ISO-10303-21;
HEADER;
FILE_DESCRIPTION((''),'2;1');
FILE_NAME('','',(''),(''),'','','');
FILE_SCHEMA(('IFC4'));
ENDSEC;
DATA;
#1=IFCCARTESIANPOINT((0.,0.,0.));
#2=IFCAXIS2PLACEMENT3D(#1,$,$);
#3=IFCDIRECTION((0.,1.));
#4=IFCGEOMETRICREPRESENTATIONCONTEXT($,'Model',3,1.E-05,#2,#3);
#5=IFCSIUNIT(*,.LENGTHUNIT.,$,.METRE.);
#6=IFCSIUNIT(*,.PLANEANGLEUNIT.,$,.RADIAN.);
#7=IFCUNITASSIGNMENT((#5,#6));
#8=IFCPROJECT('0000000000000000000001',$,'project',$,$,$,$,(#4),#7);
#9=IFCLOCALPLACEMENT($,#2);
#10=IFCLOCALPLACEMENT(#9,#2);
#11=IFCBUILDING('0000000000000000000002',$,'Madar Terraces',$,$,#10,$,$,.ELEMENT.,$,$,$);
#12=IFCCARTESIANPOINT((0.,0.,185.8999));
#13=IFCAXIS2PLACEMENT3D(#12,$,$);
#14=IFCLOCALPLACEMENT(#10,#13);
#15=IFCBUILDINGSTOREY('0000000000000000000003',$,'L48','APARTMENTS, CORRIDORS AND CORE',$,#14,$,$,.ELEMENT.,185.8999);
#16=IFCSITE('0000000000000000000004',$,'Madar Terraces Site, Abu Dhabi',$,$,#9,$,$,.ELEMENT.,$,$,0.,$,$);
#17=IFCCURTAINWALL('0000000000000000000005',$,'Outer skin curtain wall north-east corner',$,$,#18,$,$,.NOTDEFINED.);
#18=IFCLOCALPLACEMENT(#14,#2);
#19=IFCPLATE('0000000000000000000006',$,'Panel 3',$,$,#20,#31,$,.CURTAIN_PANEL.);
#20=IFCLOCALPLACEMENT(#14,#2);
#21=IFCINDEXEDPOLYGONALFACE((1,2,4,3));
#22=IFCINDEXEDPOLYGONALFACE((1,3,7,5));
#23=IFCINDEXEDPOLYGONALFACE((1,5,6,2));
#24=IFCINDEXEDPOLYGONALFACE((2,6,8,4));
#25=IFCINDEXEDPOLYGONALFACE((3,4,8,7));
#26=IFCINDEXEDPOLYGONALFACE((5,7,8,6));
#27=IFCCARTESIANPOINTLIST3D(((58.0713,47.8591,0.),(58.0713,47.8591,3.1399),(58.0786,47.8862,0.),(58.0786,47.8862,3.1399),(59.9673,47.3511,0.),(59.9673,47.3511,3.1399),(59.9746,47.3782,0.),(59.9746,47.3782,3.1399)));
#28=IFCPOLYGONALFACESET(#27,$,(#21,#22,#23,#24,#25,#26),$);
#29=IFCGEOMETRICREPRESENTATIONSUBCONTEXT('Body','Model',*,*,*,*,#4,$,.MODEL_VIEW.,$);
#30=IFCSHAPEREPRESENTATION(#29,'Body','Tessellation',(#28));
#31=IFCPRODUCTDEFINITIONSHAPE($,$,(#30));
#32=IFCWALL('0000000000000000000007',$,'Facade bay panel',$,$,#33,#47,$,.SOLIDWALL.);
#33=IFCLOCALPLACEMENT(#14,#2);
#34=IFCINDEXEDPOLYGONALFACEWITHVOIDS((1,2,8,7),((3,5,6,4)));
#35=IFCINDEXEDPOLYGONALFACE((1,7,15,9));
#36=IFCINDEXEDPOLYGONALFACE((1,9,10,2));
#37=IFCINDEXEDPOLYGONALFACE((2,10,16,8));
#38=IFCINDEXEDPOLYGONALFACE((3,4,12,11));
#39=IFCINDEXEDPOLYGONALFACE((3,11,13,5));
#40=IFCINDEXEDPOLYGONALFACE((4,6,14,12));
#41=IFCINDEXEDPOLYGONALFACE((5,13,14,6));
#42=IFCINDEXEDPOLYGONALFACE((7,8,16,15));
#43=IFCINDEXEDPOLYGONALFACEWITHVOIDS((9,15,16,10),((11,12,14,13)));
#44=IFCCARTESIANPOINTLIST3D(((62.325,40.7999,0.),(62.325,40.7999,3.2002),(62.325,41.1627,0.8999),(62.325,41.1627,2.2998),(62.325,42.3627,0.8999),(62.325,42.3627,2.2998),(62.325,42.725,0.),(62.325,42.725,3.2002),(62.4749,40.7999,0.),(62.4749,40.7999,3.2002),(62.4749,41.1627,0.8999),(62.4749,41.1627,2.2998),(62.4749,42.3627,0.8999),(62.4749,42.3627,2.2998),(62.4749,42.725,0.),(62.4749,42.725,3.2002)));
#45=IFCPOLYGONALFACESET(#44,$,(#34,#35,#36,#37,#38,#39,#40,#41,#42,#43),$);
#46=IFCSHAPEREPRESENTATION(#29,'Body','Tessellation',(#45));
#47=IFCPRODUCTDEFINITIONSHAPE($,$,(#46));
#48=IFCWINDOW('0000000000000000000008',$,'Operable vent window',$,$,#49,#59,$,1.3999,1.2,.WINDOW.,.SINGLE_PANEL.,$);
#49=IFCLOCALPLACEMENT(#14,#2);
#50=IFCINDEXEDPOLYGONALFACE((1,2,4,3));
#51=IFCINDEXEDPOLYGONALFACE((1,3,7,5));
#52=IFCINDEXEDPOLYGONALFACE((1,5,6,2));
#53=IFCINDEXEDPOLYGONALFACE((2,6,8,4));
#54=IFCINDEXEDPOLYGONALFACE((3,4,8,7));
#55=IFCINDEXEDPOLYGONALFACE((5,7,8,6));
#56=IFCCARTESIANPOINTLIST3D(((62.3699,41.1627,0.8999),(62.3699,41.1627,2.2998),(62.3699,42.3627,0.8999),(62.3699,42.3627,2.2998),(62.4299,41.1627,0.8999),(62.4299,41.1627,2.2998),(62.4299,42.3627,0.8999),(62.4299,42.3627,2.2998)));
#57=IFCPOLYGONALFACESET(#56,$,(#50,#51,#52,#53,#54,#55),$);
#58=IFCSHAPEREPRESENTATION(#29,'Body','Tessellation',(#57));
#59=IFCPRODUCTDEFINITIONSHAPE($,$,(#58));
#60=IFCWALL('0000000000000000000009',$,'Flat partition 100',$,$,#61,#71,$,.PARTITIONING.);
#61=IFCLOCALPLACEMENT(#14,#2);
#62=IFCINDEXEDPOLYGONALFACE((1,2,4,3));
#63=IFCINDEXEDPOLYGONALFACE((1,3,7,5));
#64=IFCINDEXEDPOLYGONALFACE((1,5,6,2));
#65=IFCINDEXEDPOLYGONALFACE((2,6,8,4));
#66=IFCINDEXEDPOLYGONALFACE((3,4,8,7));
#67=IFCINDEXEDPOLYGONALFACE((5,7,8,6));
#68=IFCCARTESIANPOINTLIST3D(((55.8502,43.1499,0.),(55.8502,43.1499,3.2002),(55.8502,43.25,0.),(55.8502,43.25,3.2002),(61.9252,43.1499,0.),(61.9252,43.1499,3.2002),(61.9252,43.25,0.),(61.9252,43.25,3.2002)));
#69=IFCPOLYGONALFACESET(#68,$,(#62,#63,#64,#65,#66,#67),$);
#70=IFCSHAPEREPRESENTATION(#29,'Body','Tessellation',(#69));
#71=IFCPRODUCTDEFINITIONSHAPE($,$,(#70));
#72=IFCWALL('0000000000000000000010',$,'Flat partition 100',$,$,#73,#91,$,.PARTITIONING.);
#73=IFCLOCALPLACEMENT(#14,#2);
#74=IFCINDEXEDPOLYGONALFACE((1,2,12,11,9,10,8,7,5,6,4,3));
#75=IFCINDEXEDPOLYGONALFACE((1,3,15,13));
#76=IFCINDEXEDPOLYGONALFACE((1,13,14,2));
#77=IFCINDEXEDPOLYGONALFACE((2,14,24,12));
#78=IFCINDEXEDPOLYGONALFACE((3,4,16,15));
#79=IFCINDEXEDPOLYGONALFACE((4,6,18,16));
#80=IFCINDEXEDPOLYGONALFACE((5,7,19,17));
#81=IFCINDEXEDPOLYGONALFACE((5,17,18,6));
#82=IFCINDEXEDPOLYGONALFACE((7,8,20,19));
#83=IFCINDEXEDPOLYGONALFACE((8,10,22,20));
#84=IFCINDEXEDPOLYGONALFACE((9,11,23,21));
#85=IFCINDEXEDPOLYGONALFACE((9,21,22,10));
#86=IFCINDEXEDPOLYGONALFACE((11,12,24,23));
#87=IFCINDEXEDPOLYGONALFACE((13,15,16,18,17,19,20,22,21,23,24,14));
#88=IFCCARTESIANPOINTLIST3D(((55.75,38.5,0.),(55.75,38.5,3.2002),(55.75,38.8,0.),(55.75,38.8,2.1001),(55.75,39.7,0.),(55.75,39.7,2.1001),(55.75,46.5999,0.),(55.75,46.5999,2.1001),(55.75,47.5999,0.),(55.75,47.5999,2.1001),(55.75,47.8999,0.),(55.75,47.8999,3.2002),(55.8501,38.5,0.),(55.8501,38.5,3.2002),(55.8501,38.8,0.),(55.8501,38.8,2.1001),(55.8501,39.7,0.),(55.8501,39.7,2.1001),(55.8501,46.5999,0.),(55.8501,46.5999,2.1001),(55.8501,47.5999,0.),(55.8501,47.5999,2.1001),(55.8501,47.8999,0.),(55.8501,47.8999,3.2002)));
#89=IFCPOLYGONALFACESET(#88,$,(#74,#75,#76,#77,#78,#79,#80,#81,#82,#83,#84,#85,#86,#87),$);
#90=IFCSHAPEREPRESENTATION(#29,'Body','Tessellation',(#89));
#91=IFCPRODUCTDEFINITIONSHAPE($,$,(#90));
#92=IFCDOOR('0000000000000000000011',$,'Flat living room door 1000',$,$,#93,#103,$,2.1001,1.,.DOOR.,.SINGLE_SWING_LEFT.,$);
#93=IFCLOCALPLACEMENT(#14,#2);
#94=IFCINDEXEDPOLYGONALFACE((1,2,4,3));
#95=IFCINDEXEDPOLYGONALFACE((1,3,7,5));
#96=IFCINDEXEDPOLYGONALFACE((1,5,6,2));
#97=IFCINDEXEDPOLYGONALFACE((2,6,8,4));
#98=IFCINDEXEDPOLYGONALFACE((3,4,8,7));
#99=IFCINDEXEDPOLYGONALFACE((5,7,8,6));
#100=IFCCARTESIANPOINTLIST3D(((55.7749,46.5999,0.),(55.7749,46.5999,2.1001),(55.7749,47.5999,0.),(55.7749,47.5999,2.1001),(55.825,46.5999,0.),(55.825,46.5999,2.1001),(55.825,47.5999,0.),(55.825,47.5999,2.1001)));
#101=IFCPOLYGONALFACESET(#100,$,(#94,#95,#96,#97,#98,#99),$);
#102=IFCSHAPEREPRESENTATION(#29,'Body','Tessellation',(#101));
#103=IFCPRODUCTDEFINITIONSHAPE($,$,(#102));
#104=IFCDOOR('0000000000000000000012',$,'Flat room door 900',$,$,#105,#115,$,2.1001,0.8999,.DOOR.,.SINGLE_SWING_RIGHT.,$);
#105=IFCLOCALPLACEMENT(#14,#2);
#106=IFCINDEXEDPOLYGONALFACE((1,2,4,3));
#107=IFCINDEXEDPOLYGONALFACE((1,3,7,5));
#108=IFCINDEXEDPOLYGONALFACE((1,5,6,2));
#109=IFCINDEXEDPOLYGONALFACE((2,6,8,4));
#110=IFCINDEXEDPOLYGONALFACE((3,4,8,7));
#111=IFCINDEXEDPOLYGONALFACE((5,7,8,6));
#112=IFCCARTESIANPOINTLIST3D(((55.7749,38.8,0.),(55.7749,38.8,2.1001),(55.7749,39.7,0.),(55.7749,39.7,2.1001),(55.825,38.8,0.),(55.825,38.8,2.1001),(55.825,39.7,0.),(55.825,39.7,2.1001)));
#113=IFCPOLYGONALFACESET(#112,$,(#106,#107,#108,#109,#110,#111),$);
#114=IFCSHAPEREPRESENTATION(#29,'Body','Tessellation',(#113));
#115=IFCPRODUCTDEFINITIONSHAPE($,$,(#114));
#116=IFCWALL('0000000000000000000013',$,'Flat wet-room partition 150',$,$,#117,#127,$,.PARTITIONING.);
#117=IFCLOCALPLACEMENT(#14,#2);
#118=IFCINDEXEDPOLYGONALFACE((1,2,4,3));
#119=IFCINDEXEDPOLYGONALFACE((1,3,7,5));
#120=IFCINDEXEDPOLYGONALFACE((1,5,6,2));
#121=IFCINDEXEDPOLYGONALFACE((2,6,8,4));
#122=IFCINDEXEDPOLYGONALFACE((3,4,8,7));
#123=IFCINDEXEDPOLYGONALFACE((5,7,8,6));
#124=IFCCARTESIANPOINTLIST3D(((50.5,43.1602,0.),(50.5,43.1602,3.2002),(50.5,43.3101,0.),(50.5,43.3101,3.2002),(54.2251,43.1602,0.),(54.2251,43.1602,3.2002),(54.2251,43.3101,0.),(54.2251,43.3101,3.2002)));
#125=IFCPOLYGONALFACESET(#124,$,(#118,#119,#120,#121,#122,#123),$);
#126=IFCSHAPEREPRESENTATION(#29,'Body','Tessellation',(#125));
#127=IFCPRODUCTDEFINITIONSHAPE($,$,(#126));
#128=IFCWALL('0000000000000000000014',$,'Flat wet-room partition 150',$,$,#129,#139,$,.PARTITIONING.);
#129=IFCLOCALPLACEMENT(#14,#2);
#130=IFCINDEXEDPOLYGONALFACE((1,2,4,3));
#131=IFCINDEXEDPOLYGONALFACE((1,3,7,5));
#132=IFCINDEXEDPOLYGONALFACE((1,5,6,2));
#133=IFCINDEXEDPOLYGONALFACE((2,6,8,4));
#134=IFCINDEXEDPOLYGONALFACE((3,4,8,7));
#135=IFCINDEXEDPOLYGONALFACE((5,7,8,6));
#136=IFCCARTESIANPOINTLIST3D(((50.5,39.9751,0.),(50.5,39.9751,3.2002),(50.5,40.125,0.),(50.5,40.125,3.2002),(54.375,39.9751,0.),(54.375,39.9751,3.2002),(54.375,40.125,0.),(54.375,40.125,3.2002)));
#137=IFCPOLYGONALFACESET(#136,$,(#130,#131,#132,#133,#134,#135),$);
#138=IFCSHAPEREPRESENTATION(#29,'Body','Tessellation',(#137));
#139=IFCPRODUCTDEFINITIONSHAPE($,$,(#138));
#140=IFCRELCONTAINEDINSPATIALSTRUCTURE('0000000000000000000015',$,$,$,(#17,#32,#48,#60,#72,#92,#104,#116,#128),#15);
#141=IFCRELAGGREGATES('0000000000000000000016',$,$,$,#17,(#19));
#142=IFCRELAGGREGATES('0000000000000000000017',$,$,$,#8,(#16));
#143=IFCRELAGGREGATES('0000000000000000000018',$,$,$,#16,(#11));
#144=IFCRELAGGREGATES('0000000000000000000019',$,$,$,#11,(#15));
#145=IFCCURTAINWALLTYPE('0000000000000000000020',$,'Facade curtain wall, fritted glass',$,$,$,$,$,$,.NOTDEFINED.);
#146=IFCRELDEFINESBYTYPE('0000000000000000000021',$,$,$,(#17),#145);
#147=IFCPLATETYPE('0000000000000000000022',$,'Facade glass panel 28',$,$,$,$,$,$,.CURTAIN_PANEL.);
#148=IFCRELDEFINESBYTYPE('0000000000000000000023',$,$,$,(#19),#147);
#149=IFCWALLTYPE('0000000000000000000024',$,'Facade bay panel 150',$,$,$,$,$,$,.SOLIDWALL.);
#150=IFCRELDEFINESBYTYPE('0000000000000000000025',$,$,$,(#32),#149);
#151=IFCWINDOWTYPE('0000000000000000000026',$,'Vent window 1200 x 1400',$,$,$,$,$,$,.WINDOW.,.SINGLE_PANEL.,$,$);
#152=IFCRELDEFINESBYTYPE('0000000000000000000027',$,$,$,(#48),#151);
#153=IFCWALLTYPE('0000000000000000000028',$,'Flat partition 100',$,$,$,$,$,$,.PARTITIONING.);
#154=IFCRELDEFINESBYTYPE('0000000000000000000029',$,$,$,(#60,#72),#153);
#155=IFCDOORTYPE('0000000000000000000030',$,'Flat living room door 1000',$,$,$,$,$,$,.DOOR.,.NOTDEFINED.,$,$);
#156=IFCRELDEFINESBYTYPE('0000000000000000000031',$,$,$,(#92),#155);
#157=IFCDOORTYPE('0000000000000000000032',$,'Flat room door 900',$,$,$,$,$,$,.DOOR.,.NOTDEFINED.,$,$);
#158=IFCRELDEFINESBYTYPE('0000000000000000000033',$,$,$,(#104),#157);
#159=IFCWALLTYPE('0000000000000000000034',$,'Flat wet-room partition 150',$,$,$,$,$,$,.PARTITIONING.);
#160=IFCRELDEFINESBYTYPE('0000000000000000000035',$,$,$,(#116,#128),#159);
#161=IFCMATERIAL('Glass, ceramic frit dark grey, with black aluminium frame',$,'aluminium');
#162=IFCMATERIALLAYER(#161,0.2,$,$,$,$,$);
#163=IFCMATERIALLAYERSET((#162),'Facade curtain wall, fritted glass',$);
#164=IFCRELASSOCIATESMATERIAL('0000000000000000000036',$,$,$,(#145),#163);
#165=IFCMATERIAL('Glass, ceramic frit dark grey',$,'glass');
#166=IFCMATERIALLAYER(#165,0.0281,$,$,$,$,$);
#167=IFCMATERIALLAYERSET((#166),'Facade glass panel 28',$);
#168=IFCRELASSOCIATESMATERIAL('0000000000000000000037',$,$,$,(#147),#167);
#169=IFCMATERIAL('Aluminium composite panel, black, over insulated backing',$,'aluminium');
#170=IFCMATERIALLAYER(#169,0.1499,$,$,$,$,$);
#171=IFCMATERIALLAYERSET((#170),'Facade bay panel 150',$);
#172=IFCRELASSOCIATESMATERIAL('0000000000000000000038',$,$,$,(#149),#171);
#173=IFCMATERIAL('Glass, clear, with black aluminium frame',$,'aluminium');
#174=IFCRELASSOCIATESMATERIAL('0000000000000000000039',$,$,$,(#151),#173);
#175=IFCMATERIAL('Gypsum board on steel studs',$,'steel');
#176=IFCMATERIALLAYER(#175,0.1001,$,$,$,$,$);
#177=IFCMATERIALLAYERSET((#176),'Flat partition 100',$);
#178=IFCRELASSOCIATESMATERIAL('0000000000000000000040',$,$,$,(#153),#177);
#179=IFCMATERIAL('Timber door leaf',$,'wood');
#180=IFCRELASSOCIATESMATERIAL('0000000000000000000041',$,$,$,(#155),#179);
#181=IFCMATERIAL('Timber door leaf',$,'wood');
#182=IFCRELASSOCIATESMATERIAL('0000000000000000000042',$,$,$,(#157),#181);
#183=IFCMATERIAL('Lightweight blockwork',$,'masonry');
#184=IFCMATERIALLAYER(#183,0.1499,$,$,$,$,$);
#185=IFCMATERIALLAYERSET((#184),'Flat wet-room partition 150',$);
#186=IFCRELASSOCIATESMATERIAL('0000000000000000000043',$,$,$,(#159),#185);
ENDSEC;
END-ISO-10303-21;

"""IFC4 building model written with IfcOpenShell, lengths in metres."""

from ifc_helpers import new_model, si_unit, direction, frame, frame_2d, origin, origin_2d, place, context, subcontext, project, spatial, rectangle, extrude, material, layer, layer_set, type_object, element, fill, aggregate, save


model = new_model("IFC4")

# Units and contexts
model_context = context("Model", 3, precision=1e-05, world=origin(), true_north=direction((0.0, 1.0)))
body_context = subcontext(model_context, "Body", "Model", "MODEL_VIEW")
ifc_project = project(units=[si_unit("LENGTHUNIT", "METRE"), si_unit("PLANEANGLEUNIT", "RADIAN")], contexts=[model_context])

# Site, building, storey
site_placement = place(None, origin())
site = spatial("IfcSite", under=ifc_project, at=site_placement, Name="Madar Terraces Site, Abu Dhabi", CompositionType="ELEMENT", RefElevation=0.0)
building_placement = place(site_placement, origin())
building = spatial("IfcBuilding", under=site, at=building_placement, Name="Madar Terraces", CompositionType="ELEMENT")
storey_placement = place(building_placement, frame((0.0, 0.0, 185.8999)))
storey = spatial("IfcBuildingStorey", under=building, at=storey_placement, Name="L48", Description="APARTMENTS, CORRIDORS AND CORE", CompositionType="ELEMENT", Elevation=185.8999)

# Shared definitions
ifc_material_1 = material(Name="Glass, ceramic frit dark grey, with black aluminium frame", Category="aluminium")
ifc_layer_1 = layer(ifc_material_1, 0.2)
ifc_layer_set_1 = layer_set([ifc_layer_1], Name="Facade curtain wall, fritted glass")
curtain_wall_type = type_object("IfcCurtainWallType", Name="Facade curtain wall, fritted glass", PredefinedType="NOTDEFINED", material=ifc_layer_set_1)

# Curtain wall
curtain_wall_1_placement = place(storey_placement, origin())
curtain_wall_1 = element("IfcCurtainWall", 1, at=curtain_wall_1_placement, inside=storey, type_object=curtain_wall_type, Name="Outer skin curtain wall north-east corner", PredefinedType="NOTDEFINED")

# Shared definitions
ifc_material_2 = material(Name="Glass, ceramic frit dark grey", Category="glass")
ifc_layer_2 = layer(ifc_material_2, 0.0281)
ifc_layer_set_2 = layer_set([ifc_layer_2], Name="Facade glass panel 28")
plate_type = type_object("IfcPlateType", Name="Facade glass panel 28", PredefinedType="CURTAIN_PANEL", material=ifc_layer_set_2)

# Plate
plate_1_placement = place(storey_placement, frame((59.0229, 47.6187, 0.0), z_axis=(0.0, 0.0, 1.0), x_axis=(-0.965926, 0.258819, 0.0)))
plate_1 = element("IfcPlate", 2, at=plate_1_placement, type_object=plate_type, Name="Panel 3", PredefinedType="CURTAIN_PANEL", context=body_context, shape_type="SweptSolid", body=[
    extrude(rectangle(XDim=1.9629, YDim=0.0281, at=origin_2d()), origin(), (0.0, 0.0, 1.0), 3.1399),
])
aggregate(curtain_wall_1, [plate_1])

# Wall, opening, window
ifc_material_3 = material(Name="Aluminium composite panel, black, over insulated backing", Category="aluminium")
ifc_layer_3 = layer(ifc_material_3, 0.1499)
ifc_layer_set_3 = layer_set([ifc_layer_3], Name="Facade bay panel 150")
wall_type_1 = type_object("IfcWallType", Name="Facade bay panel 150", PredefinedType="SOLIDWALL", material=ifc_layer_set_3)
wall_1_placement = place(storey_placement, frame((62.3999, 40.8, 0.0), z_axis=(0.0, 0.0, 1.0), x_axis=(0.0, 1.0, 0.0)))
wall_1 = element("IfcWall", 3, at=wall_1_placement, inside=storey, type_object=wall_type_1, Name="Facade bay panel", PredefinedType="SOLIDWALL", context=body_context, shape_type="SweptSolid", body=[
    extrude(rectangle(XDim=1.925, YDim=0.1499, at=frame_2d((0.9624, 0.0))), origin(), (0.0, 0.0, 1.0), 3.2002),
])
opening_1_placement = place(wall_1_placement, frame((0.3625, 0.0, 0.8999)))
opening_1 = element("IfcOpeningElement", 4, at=opening_1_placement, cuts=wall_1, PredefinedType="OPENING", context=body_context, shape_type="SweptSolid", body=[
    extrude(rectangle(XDim=1.2, YDim=1.3999, at=frame_2d((0.6001, 0.7))), frame((0.0, 0.085, 0.0), z_axis=(0.0, -1.0, 0.0), x_axis=(1.0, 0.0, 0.0)), (0.0, 0.0, 1.0), 0.1699),
])
ifc_material_4 = material(Name="Glass, clear, with black aluminium frame", Category="aluminium")
window_type = type_object("IfcWindowType", Name="Vent window 1200 x 1400", PartitioningType="SINGLE_PANEL", PredefinedType="WINDOW", material=ifc_material_4)
window_placement = place(opening_1_placement, origin())
window = element("IfcWindow", 5, at=window_placement, inside=storey, type_object=window_type, Name="Operable vent window", OverallHeight=1.3999, OverallWidth=1.2, PartitioningType="SINGLE_PANEL", PredefinedType="WINDOW", context=body_context, shape_type="SweptSolid", body=[
    extrude(rectangle(XDim=1.2, YDim=1.3999, at=frame_2d((0.6001, 0.7))), frame((0.0, 0.03, 0.0), z_axis=(0.0, -1.0, 0.0), x_axis=(1.0, 0.0, 0.0)), (0.0, 0.0, 1.0), 0.0601),
])
fill(opening_1, window)

# Wall
ifc_material_5 = material(Name="Gypsum board on steel studs", Category="steel")
ifc_layer_4 = layer(ifc_material_5, 0.1001)
ifc_layer_set_4 = layer_set([ifc_layer_4], Name="Flat partition 100")
wall_type_2 = type_object("IfcWallType", Name="Flat partition 100", PredefinedType="PARTITIONING", material=ifc_layer_set_4)
wall_2_placement = place(storey_placement, frame((55.8501, 43.2, 0.0), z_axis=(0.0, 0.0, 1.0), x_axis=(1.0, 0.0, 0.0)))
element("IfcWall", 6, at=wall_2_placement, inside=storey, type_object=wall_type_2, Name="Flat partition 100", PredefinedType="PARTITIONING", context=body_context, shape_type="SweptSolid", body=[
    extrude(rectangle(XDim=6.075, YDim=0.1001, at=frame_2d((3.0376, 0.0))), origin(), (0.0, 0.0, 1.0), 3.2002),
])

# Wall, openings, doors
wall_3_placement = place(storey_placement, frame((55.8, 47.8999, 0.0), z_axis=(0.0, 0.0, 1.0), x_axis=(0.0, -1.0, 0.0)))
wall_3 = element("IfcWall", 7, at=wall_3_placement, inside=storey, type_object=wall_type_2, Name="Flat partition 100", PredefinedType="PARTITIONING", context=body_context, shape_type="SweptSolid", body=[
    extrude(rectangle(XDim=9.3999, YDim=0.1001, at=frame_2d((4.7, 0.0))), origin(), (0.0, 0.0, 1.0), 3.2002),
])
opening_2_placement = place(wall_3_placement, frame((8.2, 0.0, 0.0)))
opening_2 = element("IfcOpeningElement", 8, at=opening_2_placement, cuts=wall_3, PredefinedType="OPENING", context=body_context, shape_type="SweptSolid", body=[
    extrude(rectangle(XDim=0.8999, YDim=2.1001, at=frame_2d((0.45, 1.05))), frame((0.0, 0.0601, 0.0), z_axis=(0.0, -1.0, 0.0), x_axis=(1.0, 0.0, 0.0)), (0.0, 0.0, 1.0), 0.1201),
])
opening_3_placement = place(wall_3_placement, frame((0.3, 0.0, 0.0)))
opening_3 = element("IfcOpeningElement", 9, at=opening_3_placement, cuts=wall_3, PredefinedType="OPENING", context=body_context, shape_type="SweptSolid", body=[
    extrude(rectangle(XDim=1.0, YDim=2.1001, at=frame_2d((0.5, 1.05))), frame((0.0, 0.0601, 0.0), z_axis=(0.0, -1.0, 0.0), x_axis=(1.0, 0.0, 0.0)), (0.0, 0.0, 1.0), 0.1201),
])
ifc_material_6 = material(Name="Timber door leaf", Category="wood")
door_type_1 = type_object("IfcDoorType", Name="Flat living room door 1000", OperationType="NOTDEFINED", PredefinedType="DOOR", material=ifc_material_6)
door_1_placement = place(opening_3_placement, origin())
door_1 = element("IfcDoor", 10, at=door_1_placement, inside=storey, type_object=door_type_1, Name="Flat living room door 1000", OperationType="SINGLE_SWING_LEFT", OverallHeight=2.1001, OverallWidth=1.0, PredefinedType="DOOR", context=body_context, shape_type="SweptSolid", body=[
    extrude(rectangle(XDim=1.0, YDim=2.1001, at=frame_2d((0.5, 1.05))), frame((0.0, 0.0249, 0.0), z_axis=(0.0, -1.0, 0.0), x_axis=(1.0, 0.0, 0.0)), (0.0, 0.0, 1.0), 0.05),
])
fill(opening_3, door_1)
ifc_material_7 = material(Name="Timber door leaf", Category="wood")
door_type_2 = type_object("IfcDoorType", Name="Flat room door 900", OperationType="NOTDEFINED", PredefinedType="DOOR", material=ifc_material_7)
door_2_placement = place(opening_2_placement, origin())
door_2 = element("IfcDoor", 11, at=door_2_placement, inside=storey, type_object=door_type_2, Name="Flat room door 900", OperationType="SINGLE_SWING_RIGHT", OverallHeight=2.1001, OverallWidth=0.8999, PredefinedType="DOOR", context=body_context, shape_type="SweptSolid", body=[
    extrude(rectangle(XDim=0.8999, YDim=2.1001, at=frame_2d((0.45, 1.05))), frame((0.0, 0.0249, 0.0), z_axis=(0.0, -1.0, 0.0), x_axis=(1.0, 0.0, 0.0)), (0.0, 0.0, 1.0), 0.05),
])
fill(opening_2, door_2)

# Walls
ifc_material_8 = material(Name="Lightweight blockwork", Category="masonry")
ifc_layer_5 = layer(ifc_material_8, 0.1499)
ifc_layer_set_5 = layer_set([ifc_layer_5], Name="Flat wet-room partition 150")
wall_type_3 = type_object("IfcWallType", Name="Flat wet-room partition 150", PredefinedType="PARTITIONING", material=ifc_layer_set_5)
wall_4_placement = place(storey_placement, frame((50.5, 43.2351, 0.0), z_axis=(0.0, 0.0, 1.0), x_axis=(1.0, 0.0, 0.0)))
element("IfcWall", 12, at=wall_4_placement, inside=storey, type_object=wall_type_3, Name="Flat wet-room partition 150", PredefinedType="PARTITIONING", context=body_context, shape_type="SweptSolid", body=[
    extrude(rectangle(XDim=3.7251, YDim=0.1499, at=frame_2d((1.8625, 0.0))), origin(), (0.0, 0.0, 1.0), 3.2002),
])
wall_5_placement = place(storey_placement, frame((50.5, 40.05, 0.0), z_axis=(0.0, 0.0, 1.0), x_axis=(1.0, 0.0, 0.0)))
element("IfcWall", 13, at=wall_5_placement, inside=storey, type_object=wall_type_3, Name="Flat wet-room partition 150", PredefinedType="PARTITIONING", context=body_context, shape_type="SweptSolid", body=[
    extrude(rectangle(XDim=3.875, YDim=0.1499, at=frame_2d((1.9375, 0.0))), origin(), (0.0, 0.0, 1.0), 3.2002),
])

save(model, "model.ifc")
